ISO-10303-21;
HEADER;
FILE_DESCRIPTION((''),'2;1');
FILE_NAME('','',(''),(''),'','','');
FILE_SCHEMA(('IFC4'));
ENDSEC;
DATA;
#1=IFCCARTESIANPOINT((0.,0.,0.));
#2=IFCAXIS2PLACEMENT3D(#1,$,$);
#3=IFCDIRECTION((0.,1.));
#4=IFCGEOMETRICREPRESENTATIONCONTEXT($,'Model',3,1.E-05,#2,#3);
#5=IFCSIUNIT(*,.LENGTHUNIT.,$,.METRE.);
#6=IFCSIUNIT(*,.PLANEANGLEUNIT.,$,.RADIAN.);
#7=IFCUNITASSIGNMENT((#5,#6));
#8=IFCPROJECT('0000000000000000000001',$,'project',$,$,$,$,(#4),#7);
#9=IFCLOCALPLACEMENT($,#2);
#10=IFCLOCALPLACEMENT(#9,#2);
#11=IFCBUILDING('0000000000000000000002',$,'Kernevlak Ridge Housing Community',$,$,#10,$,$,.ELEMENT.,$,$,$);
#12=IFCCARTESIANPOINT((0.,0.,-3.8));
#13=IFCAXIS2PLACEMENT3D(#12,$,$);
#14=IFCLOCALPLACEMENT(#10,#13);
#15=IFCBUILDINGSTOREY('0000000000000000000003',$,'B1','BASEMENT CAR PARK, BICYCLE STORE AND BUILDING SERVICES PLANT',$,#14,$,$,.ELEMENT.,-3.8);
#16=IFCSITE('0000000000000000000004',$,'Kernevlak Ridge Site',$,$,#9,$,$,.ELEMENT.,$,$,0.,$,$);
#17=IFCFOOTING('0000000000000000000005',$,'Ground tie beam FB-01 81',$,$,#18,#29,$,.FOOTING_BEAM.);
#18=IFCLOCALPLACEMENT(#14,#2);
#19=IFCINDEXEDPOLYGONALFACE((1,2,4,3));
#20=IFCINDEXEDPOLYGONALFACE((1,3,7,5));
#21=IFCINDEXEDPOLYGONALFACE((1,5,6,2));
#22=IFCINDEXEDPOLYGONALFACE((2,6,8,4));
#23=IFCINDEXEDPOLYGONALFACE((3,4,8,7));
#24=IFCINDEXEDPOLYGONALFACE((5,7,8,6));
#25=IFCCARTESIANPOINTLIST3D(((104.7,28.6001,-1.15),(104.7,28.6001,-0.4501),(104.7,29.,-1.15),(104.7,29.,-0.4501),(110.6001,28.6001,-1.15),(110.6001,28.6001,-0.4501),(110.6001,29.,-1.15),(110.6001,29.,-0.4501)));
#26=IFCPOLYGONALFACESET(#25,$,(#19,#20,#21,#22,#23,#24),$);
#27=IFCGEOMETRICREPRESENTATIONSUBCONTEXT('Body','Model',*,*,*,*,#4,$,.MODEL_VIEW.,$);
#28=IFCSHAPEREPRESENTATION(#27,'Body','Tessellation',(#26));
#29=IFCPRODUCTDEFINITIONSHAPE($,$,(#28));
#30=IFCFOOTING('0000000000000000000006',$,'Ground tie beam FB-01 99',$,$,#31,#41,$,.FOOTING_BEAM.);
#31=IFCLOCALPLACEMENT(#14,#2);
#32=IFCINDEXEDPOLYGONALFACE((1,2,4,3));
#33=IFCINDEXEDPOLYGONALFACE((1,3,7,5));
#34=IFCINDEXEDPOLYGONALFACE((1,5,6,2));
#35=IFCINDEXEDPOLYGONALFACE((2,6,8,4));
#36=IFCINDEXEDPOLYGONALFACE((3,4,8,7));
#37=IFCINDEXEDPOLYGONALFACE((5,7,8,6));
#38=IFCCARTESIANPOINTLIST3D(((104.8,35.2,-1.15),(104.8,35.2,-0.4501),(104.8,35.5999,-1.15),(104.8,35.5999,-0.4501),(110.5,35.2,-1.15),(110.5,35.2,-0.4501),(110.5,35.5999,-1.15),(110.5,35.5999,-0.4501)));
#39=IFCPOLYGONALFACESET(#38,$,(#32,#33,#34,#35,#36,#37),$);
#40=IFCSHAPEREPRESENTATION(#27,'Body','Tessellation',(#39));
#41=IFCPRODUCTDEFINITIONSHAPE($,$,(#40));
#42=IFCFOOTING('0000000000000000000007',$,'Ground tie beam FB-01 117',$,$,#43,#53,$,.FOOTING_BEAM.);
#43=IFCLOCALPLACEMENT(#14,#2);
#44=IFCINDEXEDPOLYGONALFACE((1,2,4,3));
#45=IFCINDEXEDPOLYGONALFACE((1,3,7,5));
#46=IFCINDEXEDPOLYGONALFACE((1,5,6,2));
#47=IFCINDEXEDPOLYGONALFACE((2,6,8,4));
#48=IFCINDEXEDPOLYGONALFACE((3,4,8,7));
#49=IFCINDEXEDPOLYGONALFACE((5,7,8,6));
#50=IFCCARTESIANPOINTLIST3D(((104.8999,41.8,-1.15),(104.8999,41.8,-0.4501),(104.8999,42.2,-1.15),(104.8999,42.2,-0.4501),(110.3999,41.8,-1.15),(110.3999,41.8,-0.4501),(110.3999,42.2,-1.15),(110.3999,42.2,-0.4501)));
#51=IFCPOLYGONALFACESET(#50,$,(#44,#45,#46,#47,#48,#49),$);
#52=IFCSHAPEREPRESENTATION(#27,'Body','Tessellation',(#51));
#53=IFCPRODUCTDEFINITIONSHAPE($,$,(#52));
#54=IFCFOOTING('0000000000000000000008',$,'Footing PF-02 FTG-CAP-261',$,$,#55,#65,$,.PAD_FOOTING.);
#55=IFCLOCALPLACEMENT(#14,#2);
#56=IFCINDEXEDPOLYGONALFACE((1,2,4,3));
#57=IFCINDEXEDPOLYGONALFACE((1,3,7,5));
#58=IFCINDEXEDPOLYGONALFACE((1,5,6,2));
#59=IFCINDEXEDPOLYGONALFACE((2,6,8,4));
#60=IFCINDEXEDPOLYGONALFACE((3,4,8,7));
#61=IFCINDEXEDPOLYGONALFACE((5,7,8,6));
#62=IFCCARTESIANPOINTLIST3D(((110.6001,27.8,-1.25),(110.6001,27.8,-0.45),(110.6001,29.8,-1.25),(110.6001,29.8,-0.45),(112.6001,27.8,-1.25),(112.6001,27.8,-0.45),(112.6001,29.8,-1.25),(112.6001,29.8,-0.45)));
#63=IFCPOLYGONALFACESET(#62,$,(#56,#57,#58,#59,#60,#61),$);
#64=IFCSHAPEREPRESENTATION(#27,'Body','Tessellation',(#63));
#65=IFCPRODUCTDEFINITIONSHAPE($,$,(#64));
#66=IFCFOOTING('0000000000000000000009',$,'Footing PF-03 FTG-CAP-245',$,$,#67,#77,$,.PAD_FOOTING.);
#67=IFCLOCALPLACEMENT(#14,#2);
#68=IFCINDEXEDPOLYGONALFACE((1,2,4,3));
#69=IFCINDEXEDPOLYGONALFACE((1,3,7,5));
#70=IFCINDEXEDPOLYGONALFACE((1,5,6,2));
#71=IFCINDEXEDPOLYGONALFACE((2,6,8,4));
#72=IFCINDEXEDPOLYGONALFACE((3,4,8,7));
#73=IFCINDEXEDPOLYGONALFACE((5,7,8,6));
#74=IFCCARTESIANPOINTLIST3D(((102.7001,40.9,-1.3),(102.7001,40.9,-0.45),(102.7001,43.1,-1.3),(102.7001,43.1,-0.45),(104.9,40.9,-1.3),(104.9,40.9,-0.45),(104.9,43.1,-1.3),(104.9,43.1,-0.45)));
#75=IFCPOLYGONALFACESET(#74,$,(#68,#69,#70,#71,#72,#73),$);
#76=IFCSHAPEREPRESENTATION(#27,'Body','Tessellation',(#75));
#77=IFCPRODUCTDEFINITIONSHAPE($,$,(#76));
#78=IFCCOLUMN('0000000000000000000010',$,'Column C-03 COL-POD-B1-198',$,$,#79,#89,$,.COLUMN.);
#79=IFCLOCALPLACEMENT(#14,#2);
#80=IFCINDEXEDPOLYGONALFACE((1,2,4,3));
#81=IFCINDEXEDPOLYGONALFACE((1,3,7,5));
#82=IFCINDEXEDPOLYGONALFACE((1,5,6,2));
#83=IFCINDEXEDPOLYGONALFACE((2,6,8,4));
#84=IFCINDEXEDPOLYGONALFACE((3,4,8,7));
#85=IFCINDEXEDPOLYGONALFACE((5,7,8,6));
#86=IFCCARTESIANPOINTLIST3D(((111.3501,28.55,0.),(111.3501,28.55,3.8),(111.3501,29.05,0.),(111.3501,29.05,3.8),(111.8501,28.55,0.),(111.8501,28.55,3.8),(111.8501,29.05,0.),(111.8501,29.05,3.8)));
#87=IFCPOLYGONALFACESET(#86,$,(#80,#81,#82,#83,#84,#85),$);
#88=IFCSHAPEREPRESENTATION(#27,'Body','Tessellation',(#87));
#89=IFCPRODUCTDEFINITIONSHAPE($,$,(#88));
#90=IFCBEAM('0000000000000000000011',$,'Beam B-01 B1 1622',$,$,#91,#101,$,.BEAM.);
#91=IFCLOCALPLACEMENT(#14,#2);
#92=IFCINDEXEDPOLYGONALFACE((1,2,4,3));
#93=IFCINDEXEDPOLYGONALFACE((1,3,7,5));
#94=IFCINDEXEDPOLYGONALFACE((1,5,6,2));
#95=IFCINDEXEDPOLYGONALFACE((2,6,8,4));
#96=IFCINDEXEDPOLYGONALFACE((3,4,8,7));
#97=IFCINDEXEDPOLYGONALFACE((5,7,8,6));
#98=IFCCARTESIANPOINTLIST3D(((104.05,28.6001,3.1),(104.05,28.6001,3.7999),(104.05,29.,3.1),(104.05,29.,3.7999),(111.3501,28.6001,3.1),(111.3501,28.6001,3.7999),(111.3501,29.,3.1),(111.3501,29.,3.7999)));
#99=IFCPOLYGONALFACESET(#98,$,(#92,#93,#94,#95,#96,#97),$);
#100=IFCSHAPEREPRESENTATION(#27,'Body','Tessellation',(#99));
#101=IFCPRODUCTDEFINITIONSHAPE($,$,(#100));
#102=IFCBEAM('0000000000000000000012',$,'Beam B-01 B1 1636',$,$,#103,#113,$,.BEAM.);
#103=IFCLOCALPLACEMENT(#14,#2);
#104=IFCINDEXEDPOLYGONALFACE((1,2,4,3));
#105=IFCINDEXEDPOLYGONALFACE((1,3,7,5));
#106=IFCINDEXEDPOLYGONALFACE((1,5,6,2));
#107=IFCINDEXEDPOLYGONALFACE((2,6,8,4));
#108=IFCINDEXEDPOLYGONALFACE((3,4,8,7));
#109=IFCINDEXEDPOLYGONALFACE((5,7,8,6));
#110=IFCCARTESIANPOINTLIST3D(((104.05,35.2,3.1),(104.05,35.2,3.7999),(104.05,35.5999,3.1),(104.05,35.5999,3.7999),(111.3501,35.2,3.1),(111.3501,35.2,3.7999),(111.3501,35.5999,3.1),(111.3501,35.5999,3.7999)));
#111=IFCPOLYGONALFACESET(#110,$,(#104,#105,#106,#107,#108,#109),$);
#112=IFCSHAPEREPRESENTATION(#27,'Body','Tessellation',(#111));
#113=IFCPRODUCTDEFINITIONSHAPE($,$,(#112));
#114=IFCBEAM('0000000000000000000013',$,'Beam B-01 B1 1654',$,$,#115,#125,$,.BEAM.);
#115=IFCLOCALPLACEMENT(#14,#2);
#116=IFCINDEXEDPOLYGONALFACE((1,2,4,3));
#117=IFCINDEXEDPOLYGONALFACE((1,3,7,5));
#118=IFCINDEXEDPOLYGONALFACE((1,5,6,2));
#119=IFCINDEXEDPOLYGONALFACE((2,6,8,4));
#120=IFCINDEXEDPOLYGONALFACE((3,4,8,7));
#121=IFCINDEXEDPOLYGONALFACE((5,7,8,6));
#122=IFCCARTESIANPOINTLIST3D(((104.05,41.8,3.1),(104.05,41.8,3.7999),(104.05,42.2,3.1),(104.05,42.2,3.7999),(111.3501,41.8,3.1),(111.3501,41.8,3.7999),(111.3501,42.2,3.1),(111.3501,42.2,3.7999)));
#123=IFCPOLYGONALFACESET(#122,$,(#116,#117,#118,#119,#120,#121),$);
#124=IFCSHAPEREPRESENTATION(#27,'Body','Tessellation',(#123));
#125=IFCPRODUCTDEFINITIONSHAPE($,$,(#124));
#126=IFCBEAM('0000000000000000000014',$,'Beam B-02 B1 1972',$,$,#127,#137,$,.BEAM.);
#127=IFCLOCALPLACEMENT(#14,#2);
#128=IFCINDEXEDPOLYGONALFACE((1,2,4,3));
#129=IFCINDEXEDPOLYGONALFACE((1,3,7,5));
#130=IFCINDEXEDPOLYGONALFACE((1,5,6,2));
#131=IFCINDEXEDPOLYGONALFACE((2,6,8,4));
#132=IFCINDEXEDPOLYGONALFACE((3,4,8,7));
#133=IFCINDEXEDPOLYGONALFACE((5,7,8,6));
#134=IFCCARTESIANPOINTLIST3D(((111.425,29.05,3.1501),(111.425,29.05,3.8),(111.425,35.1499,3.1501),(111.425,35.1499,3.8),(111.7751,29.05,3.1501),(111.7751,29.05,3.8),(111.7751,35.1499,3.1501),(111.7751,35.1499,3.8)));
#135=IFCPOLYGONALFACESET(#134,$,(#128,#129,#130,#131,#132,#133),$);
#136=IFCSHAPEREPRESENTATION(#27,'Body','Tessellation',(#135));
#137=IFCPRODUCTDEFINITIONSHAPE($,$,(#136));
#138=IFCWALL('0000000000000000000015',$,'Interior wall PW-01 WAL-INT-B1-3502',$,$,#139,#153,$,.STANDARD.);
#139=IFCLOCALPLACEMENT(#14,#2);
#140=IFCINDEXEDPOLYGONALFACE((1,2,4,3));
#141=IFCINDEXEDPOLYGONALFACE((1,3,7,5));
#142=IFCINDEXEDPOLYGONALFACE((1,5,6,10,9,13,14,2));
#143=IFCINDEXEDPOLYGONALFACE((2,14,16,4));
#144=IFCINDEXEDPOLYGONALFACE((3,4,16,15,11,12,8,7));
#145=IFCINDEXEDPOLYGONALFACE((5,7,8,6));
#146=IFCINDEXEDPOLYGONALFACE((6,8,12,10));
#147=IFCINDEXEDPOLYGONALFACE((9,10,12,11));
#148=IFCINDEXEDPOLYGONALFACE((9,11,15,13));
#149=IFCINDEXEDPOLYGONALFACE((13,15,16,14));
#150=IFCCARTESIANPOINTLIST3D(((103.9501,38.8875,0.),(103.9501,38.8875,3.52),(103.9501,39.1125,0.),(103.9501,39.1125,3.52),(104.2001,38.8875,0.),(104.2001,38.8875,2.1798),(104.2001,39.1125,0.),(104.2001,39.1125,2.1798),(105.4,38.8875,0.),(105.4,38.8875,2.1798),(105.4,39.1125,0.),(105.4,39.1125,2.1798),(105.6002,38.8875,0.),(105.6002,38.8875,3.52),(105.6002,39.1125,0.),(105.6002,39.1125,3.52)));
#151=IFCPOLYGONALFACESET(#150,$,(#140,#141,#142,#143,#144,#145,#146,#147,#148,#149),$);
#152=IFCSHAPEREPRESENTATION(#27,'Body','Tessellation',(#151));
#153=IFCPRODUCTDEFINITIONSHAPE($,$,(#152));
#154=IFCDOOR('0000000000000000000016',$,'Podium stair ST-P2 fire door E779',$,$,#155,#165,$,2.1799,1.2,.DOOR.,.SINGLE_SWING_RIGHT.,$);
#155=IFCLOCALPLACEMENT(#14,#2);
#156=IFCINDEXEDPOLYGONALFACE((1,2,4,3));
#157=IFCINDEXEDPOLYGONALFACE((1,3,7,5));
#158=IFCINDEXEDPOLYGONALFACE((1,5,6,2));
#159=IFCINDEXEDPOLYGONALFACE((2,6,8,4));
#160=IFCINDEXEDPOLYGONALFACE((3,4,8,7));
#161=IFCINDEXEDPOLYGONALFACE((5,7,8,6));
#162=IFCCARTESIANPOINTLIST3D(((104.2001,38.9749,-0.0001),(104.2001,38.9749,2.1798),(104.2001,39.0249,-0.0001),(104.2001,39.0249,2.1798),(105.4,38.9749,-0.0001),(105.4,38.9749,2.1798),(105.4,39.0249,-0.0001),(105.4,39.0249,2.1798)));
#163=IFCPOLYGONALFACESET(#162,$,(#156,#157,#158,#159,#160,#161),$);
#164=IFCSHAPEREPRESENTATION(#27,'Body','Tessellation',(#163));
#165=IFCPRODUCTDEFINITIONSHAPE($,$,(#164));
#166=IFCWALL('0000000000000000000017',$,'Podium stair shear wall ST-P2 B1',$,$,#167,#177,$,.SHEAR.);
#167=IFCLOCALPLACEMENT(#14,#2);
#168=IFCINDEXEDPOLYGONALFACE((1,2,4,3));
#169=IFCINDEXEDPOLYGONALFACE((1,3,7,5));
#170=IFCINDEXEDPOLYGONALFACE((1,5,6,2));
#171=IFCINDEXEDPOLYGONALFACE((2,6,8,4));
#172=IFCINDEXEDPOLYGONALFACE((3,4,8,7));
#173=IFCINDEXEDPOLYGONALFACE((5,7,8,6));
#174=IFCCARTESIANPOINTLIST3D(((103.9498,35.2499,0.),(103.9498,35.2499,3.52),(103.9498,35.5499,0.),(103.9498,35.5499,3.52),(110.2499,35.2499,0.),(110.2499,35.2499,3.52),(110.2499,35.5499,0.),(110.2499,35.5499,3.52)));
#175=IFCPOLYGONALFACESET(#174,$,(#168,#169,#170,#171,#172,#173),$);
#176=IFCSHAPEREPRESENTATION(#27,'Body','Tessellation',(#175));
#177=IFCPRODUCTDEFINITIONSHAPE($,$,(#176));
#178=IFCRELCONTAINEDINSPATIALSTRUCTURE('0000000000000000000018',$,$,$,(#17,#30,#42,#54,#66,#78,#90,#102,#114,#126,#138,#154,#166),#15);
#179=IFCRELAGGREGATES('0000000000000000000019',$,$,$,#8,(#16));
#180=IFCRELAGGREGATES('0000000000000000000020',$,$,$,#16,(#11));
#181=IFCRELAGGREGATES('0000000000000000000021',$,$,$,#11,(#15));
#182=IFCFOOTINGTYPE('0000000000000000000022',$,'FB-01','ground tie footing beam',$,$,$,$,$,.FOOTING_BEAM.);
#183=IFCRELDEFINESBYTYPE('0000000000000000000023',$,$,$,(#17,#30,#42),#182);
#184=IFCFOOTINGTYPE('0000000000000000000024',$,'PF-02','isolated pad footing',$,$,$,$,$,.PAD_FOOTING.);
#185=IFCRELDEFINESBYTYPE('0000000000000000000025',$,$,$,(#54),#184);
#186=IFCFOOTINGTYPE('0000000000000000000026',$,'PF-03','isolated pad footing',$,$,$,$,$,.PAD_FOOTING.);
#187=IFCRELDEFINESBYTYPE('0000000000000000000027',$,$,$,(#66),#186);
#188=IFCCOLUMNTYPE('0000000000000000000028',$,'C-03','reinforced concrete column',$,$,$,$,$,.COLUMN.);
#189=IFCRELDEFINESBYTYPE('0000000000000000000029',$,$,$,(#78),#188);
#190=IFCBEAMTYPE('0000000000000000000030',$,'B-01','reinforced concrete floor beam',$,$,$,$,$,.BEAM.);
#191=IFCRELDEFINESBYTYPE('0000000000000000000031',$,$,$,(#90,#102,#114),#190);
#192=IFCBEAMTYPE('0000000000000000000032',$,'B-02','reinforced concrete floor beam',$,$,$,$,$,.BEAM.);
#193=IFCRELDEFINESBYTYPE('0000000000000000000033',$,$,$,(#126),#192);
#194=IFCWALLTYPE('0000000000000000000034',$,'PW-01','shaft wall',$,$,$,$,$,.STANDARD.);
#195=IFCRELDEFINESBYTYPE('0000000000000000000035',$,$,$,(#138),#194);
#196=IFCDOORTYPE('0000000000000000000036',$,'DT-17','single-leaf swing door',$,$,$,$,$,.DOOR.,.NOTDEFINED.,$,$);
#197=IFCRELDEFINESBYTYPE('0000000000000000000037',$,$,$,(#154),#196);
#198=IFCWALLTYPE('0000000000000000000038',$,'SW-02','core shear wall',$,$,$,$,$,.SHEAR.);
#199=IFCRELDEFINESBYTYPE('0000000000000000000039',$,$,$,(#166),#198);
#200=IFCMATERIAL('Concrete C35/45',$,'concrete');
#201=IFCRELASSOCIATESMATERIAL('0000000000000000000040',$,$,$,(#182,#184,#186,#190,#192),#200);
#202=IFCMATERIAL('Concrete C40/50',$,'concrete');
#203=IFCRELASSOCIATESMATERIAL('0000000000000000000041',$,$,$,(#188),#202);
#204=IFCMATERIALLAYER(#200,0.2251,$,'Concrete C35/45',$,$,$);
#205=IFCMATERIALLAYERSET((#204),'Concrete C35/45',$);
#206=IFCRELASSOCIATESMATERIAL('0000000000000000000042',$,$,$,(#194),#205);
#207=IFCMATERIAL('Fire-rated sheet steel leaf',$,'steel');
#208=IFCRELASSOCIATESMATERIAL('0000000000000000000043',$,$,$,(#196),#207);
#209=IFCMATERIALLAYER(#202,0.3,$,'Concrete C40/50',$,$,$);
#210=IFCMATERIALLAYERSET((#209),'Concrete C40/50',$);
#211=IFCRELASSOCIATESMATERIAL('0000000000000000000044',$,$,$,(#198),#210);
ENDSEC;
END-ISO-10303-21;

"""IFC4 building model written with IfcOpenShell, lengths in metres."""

from ifc_helpers import new_model, si_unit, direction, frame, frame_2d, origin, origin_2d, place, context, subcontext, project, spatial, rectangle, extrude, material, layer, layer_set, material_profile, profile_set, type_object, element, fill, save


model = new_model("IFC4")

# Units and contexts
model_context = context("Model", 3, precision=1e-05, world=origin(), true_north=direction((0.0, 1.0)))
body_context = subcontext(model_context, "Body", "Model", "MODEL_VIEW")
ifc_project = project(units=[si_unit("LENGTHUNIT", "METRE"), si_unit("PLANEANGLEUNIT", "RADIAN")], contexts=[model_context])

# Site, building, storey
site_placement = place(None, origin())
site = spatial("IfcSite", under=ifc_project, at=site_placement, Name="Kernevlak Ridge Site", CompositionType="ELEMENT", RefElevation=0.0)
building_placement = place(site_placement, origin())
building = spatial("IfcBuilding", under=site, at=building_placement, Name="Kernevlak Ridge Housing Community", CompositionType="ELEMENT")
storey_placement = place(building_placement, frame((0.0, 0.0, -3.8)))
storey = spatial("IfcBuildingStorey", under=building, at=storey_placement, Name="B1", Description="BASEMENT CAR PARK, BICYCLE STORE AND BUILDING SERVICES PLANT", CompositionType="ELEMENT", Elevation=-3.8)

# Footings
ifc_material_1 = material(Name="Concrete C35/45", Category="concrete")
ifc_material_profile_1 = material_profile(ifc_material_1, rectangle(XDim=0.3999, YDim=0.7, at=origin_2d()), Name="RC 400x700")
ifc_profile_set_1 = profile_set([ifc_material_profile_1], Name="Concrete C35/45")
footing_type_1 = type_object("IfcFootingType", Name="FB-01", Description="ground tie footing beam", PredefinedType="FOOTING_BEAM", material=ifc_profile_set_1)
footing_1_placement = place(storey_placement, frame((104.7, 28.8, -0.8), z_axis=(1.0, 0.0, 0.0), x_axis=(0.0, 1.0, 0.0)))
element("IfcFooting", 1, at=footing_1_placement, inside=storey, type_object=footing_type_1, Name="Ground tie beam FB-01 81", PredefinedType="FOOTING_BEAM", context=body_context, shape_type="SweptSolid", body=[
    extrude(rectangle(XDim=0.3999, YDim=0.7, at=origin_2d()), origin(), (0.0, 0.0, 1.0), 5.9001),
])
footing_2_placement = place(storey_placement, frame((104.8, 35.3999, -0.8), z_axis=(1.0, 0.0, 0.0), x_axis=(0.0, 1.0, 0.0)))
element("IfcFooting", 2, at=footing_2_placement, inside=storey, type_object=footing_type_1, Name="Ground tie beam FB-01 99", PredefinedType="FOOTING_BEAM", context=body_context, shape_type="SweptSolid", body=[
    extrude(rectangle(XDim=0.3999, YDim=0.7, at=origin_2d()), origin(), (0.0, 0.0, 1.0), 5.7),
])
footing_3_placement = place(storey_placement, frame((104.8999, 42.0, -0.8), z_axis=(1.0, 0.0, 0.0), x_axis=(0.0, 1.0, 0.0)))
element("IfcFooting", 3, at=footing_3_placement, inside=storey, type_object=footing_type_1, Name="Ground tie beam FB-01 117", PredefinedType="FOOTING_BEAM", context=body_context, shape_type="SweptSolid", body=[
    extrude(rectangle(XDim=0.3999, YDim=0.7, at=origin_2d()), origin(), (0.0, 0.0, 1.0), 5.5),
])
footing_type_2 = type_object("IfcFootingType", Name="PF-02", Description="isolated pad footing", PredefinedType="PAD_FOOTING", material=ifc_material_1)
footing_4_placement = place(storey_placement, frame((111.6001, 28.8, -1.25), z_axis=(0.0, 0.0, 1.0), x_axis=(1.0, 0.0, 0.0)))
element("IfcFooting", 4, at=footing_4_placement, inside=storey, type_object=footing_type_2, Name="Footing PF-02 FTG-CAP-261", PredefinedType="PAD_FOOTING", context=body_context, shape_type="SweptSolid", body=[
    extrude(rectangle(XDim=2.0, YDim=2.0, at=origin_2d()), origin(), (0.0, 0.0, 1.0), 0.8),
])
footing_type_3 = type_object("IfcFootingType", Name="PF-03", Description="isolated pad footing", PredefinedType="PAD_FOOTING", material=ifc_material_1)
footing_5_placement = place(storey_placement, frame((103.8, 42.0, -1.3), z_axis=(0.0, 0.0, 1.0), x_axis=(1.0, 0.0, 0.0)))
element("IfcFooting", 5, at=footing_5_placement, inside=storey, type_object=footing_type_3, Name="Footing PF-03 FTG-CAP-245", PredefinedType="PAD_FOOTING", context=body_context, shape_type="SweptSolid", body=[
    extrude(rectangle(XDim=2.2, YDim=2.2, at=origin_2d()), origin(), (0.0, 0.0, 1.0), 0.8501),
])

# Column
ifc_material_2 = material(Name="Concrete C40/50", Category="concrete")
ifc_material_profile_2 = material_profile(ifc_material_2, rectangle(XDim=0.5, YDim=0.5, at=origin_2d()), Name="RC 500x500")
ifc_profile_set_2 = profile_set([ifc_material_profile_2], Name="Concrete C40/50")
column_type = type_object("IfcColumnType", Name="C-03", Description="reinforced concrete column", PredefinedType="COLUMN", material=ifc_profile_set_2)
column_placement = place(storey_placement, frame((111.6001, 28.8, 0.0), z_axis=(0.0, 0.0, 1.0), x_axis=(1.0, 0.0, 0.0)))
element("IfcColumn", 6, at=column_placement, inside=storey, type_object=column_type, Name="Column C-03 COL-POD-B1-198", PredefinedType="COLUMN", context=body_context, shape_type="SweptSolid", body=[
    extrude(rectangle(XDim=0.5, YDim=0.5, at=origin_2d()), origin(), (0.0, 0.0, 1.0), 3.8),
])

# Beams
ifc_material_profile_3 = material_profile(ifc_material_1, rectangle(XDim=0.3999, YDim=0.7, at=origin_2d()), Name="RC 400x700")
ifc_profile_set_3 = profile_set([ifc_material_profile_3], Name="Concrete C35/45")
beam_type_1 = type_object("IfcBeamType", Name="B-01", Description="reinforced concrete floor beam", PredefinedType="BEAM", material=ifc_profile_set_3)
for number, where, z_axis, x_axis, name in (
    (7, (104.05, 28.8, 3.45), (1.0, 0.0, 0.0), (0.0, 1.0, 0.0), "Beam B-01 B1 1622"),
    (8, (104.05, 35.3999, 3.45), (1.0, 0.0, 0.0), (0.0, 1.0, 0.0), "Beam B-01 B1 1636"),
    (9, (104.05, 42.0, 3.45), (1.0, 0.0, 0.0), (0.0, 1.0, 0.0), "Beam B-01 B1 1654"),
):
    element("IfcBeam", number, at=place(storey_placement, frame(where, z_axis=z_axis, x_axis=x_axis)), inside=storey, type_object=beam_type_1, Name=name, PredefinedType="BEAM", context=body_context, shape_type="SweptSolid", body=[
        extrude(rectangle(XDim=0.3999, YDim=0.7, at=origin_2d()), origin(), (0.0, 0.0, 1.0), 7.3),
    ])
ifc_material_profile_4 = material_profile(ifc_material_1, rectangle(XDim=0.3501, YDim=0.6499, at=origin_2d()), Name="RC 350x650")
ifc_profile_set_4 = profile_set([ifc_material_profile_4], Name="Concrete C35/45")
beam_type_2 = type_object("IfcBeamType", Name="B-02", Description="reinforced concrete floor beam", PredefinedType="BEAM", material=ifc_profile_set_4)
beam_placement = place(storey_placement, frame((111.6001, 29.05, 3.4751), z_axis=(0.0, 1.0, 0.0), x_axis=(-1.0, 0.0, 0.0)))
element("IfcBeam", 10, at=beam_placement, inside=storey, type_object=beam_type_2, Name="Beam B-02 B1 1972", PredefinedType="BEAM", context=body_context, shape_type="SweptSolid", body=[
    extrude(rectangle(XDim=0.3501, YDim=0.6499, at=origin_2d()), origin(), (0.0, 0.0, 1.0), 6.0999),
])

# Wall, opening, door
ifc_layer_1 = layer(ifc_material_1, 0.2251, Name="Concrete C35/45")
ifc_layer_set_1 = layer_set([ifc_layer_1], Name="Concrete C35/45")
wall_type_1 = type_object("IfcWallType", Name="PW-01", Description="shaft wall", PredefinedType="STANDARD", material=ifc_layer_set_1)
wall_1_placement = place(storey_placement, frame((103.95, 39.0, 0.0), z_axis=(0.0, 0.0, 1.0), x_axis=(1.0, 0.0, 0.0)))
wall_1 = element("IfcWall", 11, at=wall_1_placement, inside=storey, type_object=wall_type_1, Name="Interior wall PW-01 WAL-INT-B1-3502", PredefinedType="STANDARD", context=body_context, shape_type="SweptSolid", body=[
    extrude(rectangle(XDim=1.6501, YDim=0.2251, at=frame_2d((0.8252, 0.0))), origin(), (0.0, 0.0, 1.0), 3.52),
])
opening_placement = place(wall_1_placement, frame((0.25, 0.0, 0.0)))
opening = element("IfcOpeningElement", 12, at=opening_placement, cuts=wall_1, PredefinedType="OPENING", context=body_context, shape_type="SweptSolid", body=[
    extrude(rectangle(XDim=1.2, YDim=2.1799, at=frame_2d((0.6001, 1.0898))), frame((0.0, 0.1226, 0.0), z_axis=(0.0, -1.0, 0.0), x_axis=(1.0, 0.0, 0.0)), (0.0, 0.0, 1.0), 0.2451),
])
ifc_material_3 = material(Name="Fire-rated sheet steel leaf", Category="steel")
door_type = type_object("IfcDoorType", Name="DT-17", Description="single-leaf swing door", OperationType="NOTDEFINED", PredefinedType="DOOR", material=ifc_material_3)
door_placement = place(opening_placement, origin())
door = element("IfcDoor", 13, at=door_placement, inside=storey, type_object=door_type, Name="Podium stair ST-P2 fire door E779", OperationType="SINGLE_SWING_RIGHT", OverallHeight=2.1799, OverallWidth=1.2, PredefinedType="DOOR", context=body_context, shape_type="SweptSolid", body=[
    extrude(rectangle(XDim=1.2, YDim=2.1799, at=frame_2d((0.6001, 1.0898))), frame((0.0, 0.0249, 0.0), z_axis=(0.0, -1.0, 0.0), x_axis=(1.0, 0.0, 0.0)), (0.0, 0.0, 1.0), 0.05),
])
fill(opening, door)

# Wall
ifc_layer_2 = layer(ifc_material_2, 0.3, Name="Concrete C40/50")
ifc_layer_set_2 = layer_set([ifc_layer_2], Name="Concrete C40/50")
wall_type_2 = type_object("IfcWallType", Name="SW-02", Description="core shear wall", PredefinedType="SHEAR", material=ifc_layer_set_2)
wall_2_placement = place(storey_placement, frame((103.95, 35.3999, 0.0), z_axis=(0.0, 0.0, 1.0), x_axis=(1.0, 0.0, 0.0)))
element("IfcWall", 14, at=wall_2_placement, inside=storey, type_object=wall_type_2, Name="Podium stair shear wall ST-P2 B1", PredefinedType="SHEAR", context=body_context, shape_type="SweptSolid", body=[
    extrude(rectangle(XDim=6.3, YDim=0.3, at=frame_2d((3.1499, 0.0))), origin(), (0.0, 0.0, 1.0), 3.52),
])

save(model, "model.ifc")
